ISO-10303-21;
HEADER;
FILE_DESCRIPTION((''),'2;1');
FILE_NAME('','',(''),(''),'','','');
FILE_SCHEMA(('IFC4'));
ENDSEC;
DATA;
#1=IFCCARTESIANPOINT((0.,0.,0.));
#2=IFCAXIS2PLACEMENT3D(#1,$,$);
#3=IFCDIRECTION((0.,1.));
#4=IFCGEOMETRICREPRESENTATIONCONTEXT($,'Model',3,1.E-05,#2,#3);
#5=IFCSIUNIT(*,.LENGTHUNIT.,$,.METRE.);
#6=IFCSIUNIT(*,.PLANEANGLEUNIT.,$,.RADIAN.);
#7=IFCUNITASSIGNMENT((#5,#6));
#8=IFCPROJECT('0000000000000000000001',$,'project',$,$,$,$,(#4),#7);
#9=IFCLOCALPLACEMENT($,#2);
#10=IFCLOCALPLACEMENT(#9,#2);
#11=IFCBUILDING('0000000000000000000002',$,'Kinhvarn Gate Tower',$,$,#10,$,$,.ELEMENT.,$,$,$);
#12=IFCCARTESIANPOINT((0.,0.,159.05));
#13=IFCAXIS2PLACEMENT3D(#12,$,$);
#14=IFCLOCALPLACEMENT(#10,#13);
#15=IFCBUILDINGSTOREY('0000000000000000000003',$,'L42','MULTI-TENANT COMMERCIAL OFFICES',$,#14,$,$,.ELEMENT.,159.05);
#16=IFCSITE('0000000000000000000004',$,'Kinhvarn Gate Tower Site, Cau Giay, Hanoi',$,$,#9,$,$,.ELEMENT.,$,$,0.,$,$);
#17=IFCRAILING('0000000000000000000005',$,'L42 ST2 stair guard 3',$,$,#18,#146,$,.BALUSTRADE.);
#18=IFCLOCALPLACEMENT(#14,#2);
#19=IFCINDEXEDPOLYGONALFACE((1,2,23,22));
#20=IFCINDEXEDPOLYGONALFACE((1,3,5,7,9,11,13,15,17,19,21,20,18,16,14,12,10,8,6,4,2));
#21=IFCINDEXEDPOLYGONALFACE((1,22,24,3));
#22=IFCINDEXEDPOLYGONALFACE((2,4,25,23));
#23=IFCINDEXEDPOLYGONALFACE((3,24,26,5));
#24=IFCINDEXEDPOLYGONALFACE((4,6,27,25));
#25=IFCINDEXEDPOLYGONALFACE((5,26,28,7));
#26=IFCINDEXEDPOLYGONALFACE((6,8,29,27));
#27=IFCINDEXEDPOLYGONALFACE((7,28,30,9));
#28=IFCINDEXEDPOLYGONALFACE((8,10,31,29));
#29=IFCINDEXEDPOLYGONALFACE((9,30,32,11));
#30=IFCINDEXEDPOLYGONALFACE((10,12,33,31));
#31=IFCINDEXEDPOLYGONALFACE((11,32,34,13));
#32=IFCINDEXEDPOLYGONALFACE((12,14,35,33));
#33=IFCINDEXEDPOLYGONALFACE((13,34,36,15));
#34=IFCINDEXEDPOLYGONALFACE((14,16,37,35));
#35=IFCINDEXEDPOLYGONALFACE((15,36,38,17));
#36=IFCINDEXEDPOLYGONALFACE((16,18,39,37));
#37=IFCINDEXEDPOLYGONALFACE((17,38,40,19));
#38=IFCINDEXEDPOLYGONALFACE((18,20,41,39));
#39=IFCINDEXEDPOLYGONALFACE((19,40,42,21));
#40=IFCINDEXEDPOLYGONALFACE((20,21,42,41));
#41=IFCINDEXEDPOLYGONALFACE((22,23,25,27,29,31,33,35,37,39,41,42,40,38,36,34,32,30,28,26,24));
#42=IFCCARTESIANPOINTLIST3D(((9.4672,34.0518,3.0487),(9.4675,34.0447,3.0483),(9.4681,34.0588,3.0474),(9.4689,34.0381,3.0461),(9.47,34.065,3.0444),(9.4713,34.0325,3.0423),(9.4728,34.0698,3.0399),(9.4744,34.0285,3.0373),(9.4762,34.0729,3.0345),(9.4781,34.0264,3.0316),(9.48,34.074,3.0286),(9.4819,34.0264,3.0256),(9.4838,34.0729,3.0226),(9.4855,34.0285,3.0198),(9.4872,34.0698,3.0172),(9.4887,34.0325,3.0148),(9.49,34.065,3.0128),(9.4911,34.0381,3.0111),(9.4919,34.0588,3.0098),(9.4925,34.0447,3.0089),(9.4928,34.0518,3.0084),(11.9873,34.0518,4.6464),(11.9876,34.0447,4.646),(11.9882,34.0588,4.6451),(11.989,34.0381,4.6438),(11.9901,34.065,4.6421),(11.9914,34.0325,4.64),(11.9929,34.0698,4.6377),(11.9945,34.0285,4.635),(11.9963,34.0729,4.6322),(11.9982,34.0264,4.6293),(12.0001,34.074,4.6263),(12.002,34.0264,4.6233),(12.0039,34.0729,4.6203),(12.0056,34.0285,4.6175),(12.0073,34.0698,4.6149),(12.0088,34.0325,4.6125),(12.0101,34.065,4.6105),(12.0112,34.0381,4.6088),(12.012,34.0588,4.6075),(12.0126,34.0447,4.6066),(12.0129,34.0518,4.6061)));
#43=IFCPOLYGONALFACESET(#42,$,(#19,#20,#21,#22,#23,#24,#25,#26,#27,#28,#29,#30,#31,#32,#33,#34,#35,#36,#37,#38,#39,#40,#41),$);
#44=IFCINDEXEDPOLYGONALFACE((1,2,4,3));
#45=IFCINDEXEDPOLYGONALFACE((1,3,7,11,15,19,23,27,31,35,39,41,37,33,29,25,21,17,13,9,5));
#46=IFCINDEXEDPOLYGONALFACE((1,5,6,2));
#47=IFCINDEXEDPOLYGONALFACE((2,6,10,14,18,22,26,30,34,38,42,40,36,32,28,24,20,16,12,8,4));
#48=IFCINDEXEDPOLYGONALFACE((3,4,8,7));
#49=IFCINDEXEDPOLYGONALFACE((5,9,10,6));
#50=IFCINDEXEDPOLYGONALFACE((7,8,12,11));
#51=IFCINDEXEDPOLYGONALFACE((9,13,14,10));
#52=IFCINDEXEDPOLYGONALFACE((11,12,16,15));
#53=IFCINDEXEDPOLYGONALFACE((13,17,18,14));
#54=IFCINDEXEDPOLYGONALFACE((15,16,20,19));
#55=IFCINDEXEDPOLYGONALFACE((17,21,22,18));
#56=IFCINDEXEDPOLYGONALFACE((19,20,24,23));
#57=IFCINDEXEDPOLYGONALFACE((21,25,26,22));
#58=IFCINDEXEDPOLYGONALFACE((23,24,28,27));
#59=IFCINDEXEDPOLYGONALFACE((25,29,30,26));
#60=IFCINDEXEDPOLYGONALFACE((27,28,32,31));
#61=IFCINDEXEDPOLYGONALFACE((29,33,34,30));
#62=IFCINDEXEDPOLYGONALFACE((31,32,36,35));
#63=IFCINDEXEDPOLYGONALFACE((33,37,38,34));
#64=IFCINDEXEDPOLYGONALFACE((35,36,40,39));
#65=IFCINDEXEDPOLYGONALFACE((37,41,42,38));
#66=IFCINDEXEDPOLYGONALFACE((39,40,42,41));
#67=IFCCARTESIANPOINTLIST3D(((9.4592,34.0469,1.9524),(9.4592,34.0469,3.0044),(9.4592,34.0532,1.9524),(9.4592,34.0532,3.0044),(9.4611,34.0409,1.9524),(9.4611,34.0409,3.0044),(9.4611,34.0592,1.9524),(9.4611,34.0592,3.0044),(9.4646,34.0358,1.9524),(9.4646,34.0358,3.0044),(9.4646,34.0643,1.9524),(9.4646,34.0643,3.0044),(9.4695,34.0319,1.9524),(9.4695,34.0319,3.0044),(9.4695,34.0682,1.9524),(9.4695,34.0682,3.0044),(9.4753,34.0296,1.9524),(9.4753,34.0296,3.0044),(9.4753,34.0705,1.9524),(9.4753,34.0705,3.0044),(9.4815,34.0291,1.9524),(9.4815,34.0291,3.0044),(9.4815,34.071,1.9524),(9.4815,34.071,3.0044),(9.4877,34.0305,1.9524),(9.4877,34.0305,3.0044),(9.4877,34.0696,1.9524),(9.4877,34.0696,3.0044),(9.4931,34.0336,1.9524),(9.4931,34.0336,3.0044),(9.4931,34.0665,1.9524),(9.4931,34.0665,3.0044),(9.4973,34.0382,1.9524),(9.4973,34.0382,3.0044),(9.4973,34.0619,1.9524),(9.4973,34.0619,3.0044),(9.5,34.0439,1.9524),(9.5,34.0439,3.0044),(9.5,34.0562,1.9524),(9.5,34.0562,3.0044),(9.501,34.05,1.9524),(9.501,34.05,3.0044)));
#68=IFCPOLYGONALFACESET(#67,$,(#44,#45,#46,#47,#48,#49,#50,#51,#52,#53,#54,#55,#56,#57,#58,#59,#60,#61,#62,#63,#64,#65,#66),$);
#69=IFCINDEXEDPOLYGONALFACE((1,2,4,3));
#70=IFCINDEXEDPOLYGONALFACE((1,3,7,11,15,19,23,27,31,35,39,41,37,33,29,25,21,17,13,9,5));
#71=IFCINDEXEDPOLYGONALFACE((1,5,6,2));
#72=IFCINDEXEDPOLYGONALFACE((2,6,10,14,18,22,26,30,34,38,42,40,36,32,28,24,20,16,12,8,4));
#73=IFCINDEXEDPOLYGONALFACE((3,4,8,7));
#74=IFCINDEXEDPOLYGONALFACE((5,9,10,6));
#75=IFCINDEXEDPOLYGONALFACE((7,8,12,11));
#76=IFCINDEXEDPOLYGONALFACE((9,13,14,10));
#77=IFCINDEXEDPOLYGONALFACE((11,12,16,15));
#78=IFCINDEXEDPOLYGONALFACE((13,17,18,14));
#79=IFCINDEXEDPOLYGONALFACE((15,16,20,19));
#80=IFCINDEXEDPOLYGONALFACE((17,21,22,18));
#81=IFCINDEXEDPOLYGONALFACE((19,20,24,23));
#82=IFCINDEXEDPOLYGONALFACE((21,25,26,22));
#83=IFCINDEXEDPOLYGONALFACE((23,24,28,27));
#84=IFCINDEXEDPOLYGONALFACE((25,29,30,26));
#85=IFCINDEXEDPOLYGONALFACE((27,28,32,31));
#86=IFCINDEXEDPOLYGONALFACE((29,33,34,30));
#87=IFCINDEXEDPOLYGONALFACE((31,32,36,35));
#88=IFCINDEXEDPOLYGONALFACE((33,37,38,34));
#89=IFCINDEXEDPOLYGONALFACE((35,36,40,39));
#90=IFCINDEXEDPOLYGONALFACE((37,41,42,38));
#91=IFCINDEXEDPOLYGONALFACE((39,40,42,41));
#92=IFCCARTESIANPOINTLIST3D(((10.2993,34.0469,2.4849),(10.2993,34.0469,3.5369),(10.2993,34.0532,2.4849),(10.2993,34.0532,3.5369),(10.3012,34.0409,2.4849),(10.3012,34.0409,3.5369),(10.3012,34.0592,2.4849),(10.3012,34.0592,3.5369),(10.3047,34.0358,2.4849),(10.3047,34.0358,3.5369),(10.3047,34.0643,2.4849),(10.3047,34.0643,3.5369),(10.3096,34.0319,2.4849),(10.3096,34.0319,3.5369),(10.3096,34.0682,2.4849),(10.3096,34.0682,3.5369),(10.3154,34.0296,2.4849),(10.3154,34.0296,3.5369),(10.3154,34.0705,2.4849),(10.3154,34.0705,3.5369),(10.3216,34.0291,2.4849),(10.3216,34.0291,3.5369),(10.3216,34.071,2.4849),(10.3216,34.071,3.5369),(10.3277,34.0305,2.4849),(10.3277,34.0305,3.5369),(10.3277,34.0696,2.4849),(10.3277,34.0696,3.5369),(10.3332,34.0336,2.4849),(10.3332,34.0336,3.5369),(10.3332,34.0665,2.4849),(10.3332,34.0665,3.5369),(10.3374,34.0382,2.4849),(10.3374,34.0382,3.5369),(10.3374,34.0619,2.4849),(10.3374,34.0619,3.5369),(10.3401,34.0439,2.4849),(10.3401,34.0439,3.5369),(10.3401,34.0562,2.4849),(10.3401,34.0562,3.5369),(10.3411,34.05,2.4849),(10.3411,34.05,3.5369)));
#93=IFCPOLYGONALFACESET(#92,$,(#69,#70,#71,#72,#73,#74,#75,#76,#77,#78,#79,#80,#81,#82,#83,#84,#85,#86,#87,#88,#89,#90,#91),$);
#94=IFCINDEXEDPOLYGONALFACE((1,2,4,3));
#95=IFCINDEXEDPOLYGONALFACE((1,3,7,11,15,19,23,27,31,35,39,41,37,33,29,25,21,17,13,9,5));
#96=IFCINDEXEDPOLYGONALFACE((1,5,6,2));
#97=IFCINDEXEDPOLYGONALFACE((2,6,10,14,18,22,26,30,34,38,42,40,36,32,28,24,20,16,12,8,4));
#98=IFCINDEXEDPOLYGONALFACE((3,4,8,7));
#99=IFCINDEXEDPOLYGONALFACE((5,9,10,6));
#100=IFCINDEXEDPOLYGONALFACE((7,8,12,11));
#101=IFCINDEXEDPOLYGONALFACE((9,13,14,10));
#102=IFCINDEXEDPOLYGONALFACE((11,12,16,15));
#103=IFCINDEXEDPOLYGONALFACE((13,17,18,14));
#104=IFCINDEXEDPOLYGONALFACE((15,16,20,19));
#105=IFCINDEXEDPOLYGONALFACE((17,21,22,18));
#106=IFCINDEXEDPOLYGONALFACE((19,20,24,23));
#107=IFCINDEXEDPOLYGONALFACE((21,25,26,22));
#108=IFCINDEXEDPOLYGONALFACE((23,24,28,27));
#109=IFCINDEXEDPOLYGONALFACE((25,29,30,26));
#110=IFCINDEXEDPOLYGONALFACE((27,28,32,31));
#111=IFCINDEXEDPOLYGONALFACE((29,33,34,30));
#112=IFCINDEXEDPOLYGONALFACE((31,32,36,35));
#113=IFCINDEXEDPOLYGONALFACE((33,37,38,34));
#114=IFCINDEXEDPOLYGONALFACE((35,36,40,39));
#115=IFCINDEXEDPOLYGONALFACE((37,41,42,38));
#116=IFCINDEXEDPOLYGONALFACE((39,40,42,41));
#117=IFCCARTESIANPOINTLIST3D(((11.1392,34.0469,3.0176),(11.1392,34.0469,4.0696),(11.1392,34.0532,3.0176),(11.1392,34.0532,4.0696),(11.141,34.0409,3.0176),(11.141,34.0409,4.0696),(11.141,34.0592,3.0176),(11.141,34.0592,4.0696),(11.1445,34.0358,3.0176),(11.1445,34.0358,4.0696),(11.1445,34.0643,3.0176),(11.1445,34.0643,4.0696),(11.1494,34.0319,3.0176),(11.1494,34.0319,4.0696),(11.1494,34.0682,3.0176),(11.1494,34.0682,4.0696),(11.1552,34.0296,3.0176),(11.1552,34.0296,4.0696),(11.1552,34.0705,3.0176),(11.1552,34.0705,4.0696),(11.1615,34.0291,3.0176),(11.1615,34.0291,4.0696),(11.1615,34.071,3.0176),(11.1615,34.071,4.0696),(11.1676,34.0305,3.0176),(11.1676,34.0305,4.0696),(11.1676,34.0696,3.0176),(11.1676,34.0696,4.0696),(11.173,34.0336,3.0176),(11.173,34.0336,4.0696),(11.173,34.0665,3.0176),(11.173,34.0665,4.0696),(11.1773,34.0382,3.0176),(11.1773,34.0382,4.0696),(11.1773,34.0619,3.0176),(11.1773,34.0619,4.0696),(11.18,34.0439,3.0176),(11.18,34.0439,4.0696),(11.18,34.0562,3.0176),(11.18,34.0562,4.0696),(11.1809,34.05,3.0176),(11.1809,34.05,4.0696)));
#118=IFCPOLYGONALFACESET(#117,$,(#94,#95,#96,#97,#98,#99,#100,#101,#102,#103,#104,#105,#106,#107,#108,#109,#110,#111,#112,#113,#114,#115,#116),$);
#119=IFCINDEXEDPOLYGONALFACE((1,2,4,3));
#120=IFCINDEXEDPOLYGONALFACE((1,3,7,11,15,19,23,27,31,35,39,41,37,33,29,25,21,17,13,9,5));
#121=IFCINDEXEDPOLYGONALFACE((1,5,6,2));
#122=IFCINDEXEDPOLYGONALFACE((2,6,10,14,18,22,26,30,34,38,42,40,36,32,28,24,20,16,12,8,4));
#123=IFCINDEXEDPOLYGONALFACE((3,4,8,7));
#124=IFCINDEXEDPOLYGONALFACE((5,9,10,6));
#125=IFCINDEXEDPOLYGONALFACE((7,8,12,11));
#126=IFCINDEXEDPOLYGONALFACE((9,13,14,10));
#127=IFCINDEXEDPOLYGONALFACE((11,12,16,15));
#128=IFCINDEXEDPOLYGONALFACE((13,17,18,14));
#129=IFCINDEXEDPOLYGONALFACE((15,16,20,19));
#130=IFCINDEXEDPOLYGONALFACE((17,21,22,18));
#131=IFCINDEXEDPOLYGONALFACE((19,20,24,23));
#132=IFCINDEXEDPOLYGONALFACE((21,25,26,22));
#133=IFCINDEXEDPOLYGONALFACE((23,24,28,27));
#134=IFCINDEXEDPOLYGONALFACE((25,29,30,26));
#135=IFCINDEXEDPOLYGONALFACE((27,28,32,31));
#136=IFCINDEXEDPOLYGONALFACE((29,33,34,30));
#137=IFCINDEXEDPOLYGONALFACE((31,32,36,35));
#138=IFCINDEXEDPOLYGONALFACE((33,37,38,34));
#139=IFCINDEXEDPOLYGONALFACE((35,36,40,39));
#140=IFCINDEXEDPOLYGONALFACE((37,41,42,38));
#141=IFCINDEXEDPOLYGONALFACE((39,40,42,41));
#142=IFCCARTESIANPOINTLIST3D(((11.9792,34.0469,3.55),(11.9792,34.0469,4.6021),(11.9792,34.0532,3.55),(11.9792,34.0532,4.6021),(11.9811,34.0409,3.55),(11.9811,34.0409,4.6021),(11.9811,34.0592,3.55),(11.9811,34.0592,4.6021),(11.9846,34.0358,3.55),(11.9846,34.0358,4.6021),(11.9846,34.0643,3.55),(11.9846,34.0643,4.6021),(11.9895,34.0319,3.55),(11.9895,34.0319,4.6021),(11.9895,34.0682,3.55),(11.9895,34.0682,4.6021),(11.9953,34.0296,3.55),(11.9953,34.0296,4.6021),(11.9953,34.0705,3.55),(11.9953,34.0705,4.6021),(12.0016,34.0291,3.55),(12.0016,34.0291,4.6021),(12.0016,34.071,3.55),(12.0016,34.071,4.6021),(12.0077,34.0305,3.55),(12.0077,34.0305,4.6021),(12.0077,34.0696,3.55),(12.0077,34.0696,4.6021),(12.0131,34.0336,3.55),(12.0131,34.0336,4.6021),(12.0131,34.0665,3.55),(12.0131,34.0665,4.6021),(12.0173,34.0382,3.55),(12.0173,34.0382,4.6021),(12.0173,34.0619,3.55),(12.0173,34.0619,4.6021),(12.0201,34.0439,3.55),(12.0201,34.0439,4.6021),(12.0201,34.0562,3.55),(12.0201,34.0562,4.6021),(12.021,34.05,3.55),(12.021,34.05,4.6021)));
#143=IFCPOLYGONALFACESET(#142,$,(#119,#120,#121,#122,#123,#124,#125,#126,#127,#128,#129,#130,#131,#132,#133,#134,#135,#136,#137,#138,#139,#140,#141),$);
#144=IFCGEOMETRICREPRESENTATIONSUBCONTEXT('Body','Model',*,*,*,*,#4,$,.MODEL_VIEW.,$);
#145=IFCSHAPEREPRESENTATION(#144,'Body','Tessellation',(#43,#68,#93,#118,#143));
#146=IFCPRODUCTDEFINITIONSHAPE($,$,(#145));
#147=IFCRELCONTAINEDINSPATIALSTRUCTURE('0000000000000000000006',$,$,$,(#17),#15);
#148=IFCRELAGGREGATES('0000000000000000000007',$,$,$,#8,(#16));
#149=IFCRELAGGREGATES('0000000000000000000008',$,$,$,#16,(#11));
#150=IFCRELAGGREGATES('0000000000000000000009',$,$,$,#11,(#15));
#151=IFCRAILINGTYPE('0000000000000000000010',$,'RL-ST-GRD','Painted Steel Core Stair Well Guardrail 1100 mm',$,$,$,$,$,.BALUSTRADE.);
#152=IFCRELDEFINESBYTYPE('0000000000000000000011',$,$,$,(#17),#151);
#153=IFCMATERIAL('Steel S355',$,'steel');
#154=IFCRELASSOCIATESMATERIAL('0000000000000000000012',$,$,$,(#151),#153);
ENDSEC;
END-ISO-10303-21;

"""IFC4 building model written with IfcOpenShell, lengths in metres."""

from ifc_helpers import new_model, si_unit, direction, frame, origin, origin_2d, place, context, subcontext, project, spatial, circle, extrude, material, type_object, element, save


model = new_model("IFC4")

# Units and contexts
model_context = context("Model", 3, precision=1e-05, world=origin(), true_north=direction((0.0, 1.0)))
body_context = subcontext(model_context, "Body", "Model", "MODEL_VIEW")
ifc_project = project(units=[si_unit("LENGTHUNIT", "METRE"), si_unit("PLANEANGLEUNIT", "RADIAN")], contexts=[model_context])

# Site, building, storey
site_placement = place(None, origin())
site = spatial("IfcSite", under=ifc_project, at=site_placement, Name="Kinhvarn Gate Tower Site, Cau Giay, Hanoi", CompositionType="ELEMENT", RefElevation=0.0)
building_placement = place(site_placement, origin())
building = spatial("IfcBuilding", under=site, at=building_placement, Name="Kinhvarn Gate Tower", CompositionType="ELEMENT")
storey_placement = place(building_placement, frame((0.0, 0.0, 159.05)))
storey = spatial("IfcBuildingStorey", under=building, at=storey_placement, Name="L42", Description="MULTI-TENANT COMMERCIAL OFFICES", CompositionType="ELEMENT", Elevation=159.05)

# Shared definitions
ifc_material_1 = material(Name="Steel S355", Category="steel")

# Railing
railing_type_1 = type_object("IfcRailingType", Name="RL-ST-GRD", Description="Painted Steel Core Stair Well Guardrail 1100 mm", PredefinedType="BALUSTRADE", material=ifc_material_1)
railing_1_placement = place(storey_placement, frame((9.48, 34.05, 1.9524)))
element("IfcRailing", 1, at=railing_1_placement, inside=storey, type_object=railing_type_1, Name="L42 ST2 stair guard 3", PredefinedType="BALUSTRADE", context=body_context, shape_type="SweptSolid", body=[
    extrude(circle(Radius=0.0239, at=origin_2d()), frame((0.0, 0.0, 1.0762), z_axis=(0.84457, 0.0, 0.535445), x_axis=(0.0, 1.0, 0.0)), (0.0, 0.0, 1.0), 2.9839),
    extrude(circle(Radius=0.021, at=origin_2d()), origin(), (0.0, 0.0, 1.0), 1.052),
    extrude(circle(Radius=0.021, at=origin_2d()), frame((0.8401, 0.0, 0.5325)), (0.0, 0.0, 1.0), 1.052),
    extrude(circle(Radius=0.021, at=origin_2d()), frame((1.6799, 0.0, 1.0652)), (0.0, 0.0, 1.0), 1.052),
    extrude(circle(Radius=0.021, at=origin_2d()), frame((2.52, 0.0, 1.5977)), (0.0, 0.0, 1.0), 1.052),
])

save(model, "model.ifc")
